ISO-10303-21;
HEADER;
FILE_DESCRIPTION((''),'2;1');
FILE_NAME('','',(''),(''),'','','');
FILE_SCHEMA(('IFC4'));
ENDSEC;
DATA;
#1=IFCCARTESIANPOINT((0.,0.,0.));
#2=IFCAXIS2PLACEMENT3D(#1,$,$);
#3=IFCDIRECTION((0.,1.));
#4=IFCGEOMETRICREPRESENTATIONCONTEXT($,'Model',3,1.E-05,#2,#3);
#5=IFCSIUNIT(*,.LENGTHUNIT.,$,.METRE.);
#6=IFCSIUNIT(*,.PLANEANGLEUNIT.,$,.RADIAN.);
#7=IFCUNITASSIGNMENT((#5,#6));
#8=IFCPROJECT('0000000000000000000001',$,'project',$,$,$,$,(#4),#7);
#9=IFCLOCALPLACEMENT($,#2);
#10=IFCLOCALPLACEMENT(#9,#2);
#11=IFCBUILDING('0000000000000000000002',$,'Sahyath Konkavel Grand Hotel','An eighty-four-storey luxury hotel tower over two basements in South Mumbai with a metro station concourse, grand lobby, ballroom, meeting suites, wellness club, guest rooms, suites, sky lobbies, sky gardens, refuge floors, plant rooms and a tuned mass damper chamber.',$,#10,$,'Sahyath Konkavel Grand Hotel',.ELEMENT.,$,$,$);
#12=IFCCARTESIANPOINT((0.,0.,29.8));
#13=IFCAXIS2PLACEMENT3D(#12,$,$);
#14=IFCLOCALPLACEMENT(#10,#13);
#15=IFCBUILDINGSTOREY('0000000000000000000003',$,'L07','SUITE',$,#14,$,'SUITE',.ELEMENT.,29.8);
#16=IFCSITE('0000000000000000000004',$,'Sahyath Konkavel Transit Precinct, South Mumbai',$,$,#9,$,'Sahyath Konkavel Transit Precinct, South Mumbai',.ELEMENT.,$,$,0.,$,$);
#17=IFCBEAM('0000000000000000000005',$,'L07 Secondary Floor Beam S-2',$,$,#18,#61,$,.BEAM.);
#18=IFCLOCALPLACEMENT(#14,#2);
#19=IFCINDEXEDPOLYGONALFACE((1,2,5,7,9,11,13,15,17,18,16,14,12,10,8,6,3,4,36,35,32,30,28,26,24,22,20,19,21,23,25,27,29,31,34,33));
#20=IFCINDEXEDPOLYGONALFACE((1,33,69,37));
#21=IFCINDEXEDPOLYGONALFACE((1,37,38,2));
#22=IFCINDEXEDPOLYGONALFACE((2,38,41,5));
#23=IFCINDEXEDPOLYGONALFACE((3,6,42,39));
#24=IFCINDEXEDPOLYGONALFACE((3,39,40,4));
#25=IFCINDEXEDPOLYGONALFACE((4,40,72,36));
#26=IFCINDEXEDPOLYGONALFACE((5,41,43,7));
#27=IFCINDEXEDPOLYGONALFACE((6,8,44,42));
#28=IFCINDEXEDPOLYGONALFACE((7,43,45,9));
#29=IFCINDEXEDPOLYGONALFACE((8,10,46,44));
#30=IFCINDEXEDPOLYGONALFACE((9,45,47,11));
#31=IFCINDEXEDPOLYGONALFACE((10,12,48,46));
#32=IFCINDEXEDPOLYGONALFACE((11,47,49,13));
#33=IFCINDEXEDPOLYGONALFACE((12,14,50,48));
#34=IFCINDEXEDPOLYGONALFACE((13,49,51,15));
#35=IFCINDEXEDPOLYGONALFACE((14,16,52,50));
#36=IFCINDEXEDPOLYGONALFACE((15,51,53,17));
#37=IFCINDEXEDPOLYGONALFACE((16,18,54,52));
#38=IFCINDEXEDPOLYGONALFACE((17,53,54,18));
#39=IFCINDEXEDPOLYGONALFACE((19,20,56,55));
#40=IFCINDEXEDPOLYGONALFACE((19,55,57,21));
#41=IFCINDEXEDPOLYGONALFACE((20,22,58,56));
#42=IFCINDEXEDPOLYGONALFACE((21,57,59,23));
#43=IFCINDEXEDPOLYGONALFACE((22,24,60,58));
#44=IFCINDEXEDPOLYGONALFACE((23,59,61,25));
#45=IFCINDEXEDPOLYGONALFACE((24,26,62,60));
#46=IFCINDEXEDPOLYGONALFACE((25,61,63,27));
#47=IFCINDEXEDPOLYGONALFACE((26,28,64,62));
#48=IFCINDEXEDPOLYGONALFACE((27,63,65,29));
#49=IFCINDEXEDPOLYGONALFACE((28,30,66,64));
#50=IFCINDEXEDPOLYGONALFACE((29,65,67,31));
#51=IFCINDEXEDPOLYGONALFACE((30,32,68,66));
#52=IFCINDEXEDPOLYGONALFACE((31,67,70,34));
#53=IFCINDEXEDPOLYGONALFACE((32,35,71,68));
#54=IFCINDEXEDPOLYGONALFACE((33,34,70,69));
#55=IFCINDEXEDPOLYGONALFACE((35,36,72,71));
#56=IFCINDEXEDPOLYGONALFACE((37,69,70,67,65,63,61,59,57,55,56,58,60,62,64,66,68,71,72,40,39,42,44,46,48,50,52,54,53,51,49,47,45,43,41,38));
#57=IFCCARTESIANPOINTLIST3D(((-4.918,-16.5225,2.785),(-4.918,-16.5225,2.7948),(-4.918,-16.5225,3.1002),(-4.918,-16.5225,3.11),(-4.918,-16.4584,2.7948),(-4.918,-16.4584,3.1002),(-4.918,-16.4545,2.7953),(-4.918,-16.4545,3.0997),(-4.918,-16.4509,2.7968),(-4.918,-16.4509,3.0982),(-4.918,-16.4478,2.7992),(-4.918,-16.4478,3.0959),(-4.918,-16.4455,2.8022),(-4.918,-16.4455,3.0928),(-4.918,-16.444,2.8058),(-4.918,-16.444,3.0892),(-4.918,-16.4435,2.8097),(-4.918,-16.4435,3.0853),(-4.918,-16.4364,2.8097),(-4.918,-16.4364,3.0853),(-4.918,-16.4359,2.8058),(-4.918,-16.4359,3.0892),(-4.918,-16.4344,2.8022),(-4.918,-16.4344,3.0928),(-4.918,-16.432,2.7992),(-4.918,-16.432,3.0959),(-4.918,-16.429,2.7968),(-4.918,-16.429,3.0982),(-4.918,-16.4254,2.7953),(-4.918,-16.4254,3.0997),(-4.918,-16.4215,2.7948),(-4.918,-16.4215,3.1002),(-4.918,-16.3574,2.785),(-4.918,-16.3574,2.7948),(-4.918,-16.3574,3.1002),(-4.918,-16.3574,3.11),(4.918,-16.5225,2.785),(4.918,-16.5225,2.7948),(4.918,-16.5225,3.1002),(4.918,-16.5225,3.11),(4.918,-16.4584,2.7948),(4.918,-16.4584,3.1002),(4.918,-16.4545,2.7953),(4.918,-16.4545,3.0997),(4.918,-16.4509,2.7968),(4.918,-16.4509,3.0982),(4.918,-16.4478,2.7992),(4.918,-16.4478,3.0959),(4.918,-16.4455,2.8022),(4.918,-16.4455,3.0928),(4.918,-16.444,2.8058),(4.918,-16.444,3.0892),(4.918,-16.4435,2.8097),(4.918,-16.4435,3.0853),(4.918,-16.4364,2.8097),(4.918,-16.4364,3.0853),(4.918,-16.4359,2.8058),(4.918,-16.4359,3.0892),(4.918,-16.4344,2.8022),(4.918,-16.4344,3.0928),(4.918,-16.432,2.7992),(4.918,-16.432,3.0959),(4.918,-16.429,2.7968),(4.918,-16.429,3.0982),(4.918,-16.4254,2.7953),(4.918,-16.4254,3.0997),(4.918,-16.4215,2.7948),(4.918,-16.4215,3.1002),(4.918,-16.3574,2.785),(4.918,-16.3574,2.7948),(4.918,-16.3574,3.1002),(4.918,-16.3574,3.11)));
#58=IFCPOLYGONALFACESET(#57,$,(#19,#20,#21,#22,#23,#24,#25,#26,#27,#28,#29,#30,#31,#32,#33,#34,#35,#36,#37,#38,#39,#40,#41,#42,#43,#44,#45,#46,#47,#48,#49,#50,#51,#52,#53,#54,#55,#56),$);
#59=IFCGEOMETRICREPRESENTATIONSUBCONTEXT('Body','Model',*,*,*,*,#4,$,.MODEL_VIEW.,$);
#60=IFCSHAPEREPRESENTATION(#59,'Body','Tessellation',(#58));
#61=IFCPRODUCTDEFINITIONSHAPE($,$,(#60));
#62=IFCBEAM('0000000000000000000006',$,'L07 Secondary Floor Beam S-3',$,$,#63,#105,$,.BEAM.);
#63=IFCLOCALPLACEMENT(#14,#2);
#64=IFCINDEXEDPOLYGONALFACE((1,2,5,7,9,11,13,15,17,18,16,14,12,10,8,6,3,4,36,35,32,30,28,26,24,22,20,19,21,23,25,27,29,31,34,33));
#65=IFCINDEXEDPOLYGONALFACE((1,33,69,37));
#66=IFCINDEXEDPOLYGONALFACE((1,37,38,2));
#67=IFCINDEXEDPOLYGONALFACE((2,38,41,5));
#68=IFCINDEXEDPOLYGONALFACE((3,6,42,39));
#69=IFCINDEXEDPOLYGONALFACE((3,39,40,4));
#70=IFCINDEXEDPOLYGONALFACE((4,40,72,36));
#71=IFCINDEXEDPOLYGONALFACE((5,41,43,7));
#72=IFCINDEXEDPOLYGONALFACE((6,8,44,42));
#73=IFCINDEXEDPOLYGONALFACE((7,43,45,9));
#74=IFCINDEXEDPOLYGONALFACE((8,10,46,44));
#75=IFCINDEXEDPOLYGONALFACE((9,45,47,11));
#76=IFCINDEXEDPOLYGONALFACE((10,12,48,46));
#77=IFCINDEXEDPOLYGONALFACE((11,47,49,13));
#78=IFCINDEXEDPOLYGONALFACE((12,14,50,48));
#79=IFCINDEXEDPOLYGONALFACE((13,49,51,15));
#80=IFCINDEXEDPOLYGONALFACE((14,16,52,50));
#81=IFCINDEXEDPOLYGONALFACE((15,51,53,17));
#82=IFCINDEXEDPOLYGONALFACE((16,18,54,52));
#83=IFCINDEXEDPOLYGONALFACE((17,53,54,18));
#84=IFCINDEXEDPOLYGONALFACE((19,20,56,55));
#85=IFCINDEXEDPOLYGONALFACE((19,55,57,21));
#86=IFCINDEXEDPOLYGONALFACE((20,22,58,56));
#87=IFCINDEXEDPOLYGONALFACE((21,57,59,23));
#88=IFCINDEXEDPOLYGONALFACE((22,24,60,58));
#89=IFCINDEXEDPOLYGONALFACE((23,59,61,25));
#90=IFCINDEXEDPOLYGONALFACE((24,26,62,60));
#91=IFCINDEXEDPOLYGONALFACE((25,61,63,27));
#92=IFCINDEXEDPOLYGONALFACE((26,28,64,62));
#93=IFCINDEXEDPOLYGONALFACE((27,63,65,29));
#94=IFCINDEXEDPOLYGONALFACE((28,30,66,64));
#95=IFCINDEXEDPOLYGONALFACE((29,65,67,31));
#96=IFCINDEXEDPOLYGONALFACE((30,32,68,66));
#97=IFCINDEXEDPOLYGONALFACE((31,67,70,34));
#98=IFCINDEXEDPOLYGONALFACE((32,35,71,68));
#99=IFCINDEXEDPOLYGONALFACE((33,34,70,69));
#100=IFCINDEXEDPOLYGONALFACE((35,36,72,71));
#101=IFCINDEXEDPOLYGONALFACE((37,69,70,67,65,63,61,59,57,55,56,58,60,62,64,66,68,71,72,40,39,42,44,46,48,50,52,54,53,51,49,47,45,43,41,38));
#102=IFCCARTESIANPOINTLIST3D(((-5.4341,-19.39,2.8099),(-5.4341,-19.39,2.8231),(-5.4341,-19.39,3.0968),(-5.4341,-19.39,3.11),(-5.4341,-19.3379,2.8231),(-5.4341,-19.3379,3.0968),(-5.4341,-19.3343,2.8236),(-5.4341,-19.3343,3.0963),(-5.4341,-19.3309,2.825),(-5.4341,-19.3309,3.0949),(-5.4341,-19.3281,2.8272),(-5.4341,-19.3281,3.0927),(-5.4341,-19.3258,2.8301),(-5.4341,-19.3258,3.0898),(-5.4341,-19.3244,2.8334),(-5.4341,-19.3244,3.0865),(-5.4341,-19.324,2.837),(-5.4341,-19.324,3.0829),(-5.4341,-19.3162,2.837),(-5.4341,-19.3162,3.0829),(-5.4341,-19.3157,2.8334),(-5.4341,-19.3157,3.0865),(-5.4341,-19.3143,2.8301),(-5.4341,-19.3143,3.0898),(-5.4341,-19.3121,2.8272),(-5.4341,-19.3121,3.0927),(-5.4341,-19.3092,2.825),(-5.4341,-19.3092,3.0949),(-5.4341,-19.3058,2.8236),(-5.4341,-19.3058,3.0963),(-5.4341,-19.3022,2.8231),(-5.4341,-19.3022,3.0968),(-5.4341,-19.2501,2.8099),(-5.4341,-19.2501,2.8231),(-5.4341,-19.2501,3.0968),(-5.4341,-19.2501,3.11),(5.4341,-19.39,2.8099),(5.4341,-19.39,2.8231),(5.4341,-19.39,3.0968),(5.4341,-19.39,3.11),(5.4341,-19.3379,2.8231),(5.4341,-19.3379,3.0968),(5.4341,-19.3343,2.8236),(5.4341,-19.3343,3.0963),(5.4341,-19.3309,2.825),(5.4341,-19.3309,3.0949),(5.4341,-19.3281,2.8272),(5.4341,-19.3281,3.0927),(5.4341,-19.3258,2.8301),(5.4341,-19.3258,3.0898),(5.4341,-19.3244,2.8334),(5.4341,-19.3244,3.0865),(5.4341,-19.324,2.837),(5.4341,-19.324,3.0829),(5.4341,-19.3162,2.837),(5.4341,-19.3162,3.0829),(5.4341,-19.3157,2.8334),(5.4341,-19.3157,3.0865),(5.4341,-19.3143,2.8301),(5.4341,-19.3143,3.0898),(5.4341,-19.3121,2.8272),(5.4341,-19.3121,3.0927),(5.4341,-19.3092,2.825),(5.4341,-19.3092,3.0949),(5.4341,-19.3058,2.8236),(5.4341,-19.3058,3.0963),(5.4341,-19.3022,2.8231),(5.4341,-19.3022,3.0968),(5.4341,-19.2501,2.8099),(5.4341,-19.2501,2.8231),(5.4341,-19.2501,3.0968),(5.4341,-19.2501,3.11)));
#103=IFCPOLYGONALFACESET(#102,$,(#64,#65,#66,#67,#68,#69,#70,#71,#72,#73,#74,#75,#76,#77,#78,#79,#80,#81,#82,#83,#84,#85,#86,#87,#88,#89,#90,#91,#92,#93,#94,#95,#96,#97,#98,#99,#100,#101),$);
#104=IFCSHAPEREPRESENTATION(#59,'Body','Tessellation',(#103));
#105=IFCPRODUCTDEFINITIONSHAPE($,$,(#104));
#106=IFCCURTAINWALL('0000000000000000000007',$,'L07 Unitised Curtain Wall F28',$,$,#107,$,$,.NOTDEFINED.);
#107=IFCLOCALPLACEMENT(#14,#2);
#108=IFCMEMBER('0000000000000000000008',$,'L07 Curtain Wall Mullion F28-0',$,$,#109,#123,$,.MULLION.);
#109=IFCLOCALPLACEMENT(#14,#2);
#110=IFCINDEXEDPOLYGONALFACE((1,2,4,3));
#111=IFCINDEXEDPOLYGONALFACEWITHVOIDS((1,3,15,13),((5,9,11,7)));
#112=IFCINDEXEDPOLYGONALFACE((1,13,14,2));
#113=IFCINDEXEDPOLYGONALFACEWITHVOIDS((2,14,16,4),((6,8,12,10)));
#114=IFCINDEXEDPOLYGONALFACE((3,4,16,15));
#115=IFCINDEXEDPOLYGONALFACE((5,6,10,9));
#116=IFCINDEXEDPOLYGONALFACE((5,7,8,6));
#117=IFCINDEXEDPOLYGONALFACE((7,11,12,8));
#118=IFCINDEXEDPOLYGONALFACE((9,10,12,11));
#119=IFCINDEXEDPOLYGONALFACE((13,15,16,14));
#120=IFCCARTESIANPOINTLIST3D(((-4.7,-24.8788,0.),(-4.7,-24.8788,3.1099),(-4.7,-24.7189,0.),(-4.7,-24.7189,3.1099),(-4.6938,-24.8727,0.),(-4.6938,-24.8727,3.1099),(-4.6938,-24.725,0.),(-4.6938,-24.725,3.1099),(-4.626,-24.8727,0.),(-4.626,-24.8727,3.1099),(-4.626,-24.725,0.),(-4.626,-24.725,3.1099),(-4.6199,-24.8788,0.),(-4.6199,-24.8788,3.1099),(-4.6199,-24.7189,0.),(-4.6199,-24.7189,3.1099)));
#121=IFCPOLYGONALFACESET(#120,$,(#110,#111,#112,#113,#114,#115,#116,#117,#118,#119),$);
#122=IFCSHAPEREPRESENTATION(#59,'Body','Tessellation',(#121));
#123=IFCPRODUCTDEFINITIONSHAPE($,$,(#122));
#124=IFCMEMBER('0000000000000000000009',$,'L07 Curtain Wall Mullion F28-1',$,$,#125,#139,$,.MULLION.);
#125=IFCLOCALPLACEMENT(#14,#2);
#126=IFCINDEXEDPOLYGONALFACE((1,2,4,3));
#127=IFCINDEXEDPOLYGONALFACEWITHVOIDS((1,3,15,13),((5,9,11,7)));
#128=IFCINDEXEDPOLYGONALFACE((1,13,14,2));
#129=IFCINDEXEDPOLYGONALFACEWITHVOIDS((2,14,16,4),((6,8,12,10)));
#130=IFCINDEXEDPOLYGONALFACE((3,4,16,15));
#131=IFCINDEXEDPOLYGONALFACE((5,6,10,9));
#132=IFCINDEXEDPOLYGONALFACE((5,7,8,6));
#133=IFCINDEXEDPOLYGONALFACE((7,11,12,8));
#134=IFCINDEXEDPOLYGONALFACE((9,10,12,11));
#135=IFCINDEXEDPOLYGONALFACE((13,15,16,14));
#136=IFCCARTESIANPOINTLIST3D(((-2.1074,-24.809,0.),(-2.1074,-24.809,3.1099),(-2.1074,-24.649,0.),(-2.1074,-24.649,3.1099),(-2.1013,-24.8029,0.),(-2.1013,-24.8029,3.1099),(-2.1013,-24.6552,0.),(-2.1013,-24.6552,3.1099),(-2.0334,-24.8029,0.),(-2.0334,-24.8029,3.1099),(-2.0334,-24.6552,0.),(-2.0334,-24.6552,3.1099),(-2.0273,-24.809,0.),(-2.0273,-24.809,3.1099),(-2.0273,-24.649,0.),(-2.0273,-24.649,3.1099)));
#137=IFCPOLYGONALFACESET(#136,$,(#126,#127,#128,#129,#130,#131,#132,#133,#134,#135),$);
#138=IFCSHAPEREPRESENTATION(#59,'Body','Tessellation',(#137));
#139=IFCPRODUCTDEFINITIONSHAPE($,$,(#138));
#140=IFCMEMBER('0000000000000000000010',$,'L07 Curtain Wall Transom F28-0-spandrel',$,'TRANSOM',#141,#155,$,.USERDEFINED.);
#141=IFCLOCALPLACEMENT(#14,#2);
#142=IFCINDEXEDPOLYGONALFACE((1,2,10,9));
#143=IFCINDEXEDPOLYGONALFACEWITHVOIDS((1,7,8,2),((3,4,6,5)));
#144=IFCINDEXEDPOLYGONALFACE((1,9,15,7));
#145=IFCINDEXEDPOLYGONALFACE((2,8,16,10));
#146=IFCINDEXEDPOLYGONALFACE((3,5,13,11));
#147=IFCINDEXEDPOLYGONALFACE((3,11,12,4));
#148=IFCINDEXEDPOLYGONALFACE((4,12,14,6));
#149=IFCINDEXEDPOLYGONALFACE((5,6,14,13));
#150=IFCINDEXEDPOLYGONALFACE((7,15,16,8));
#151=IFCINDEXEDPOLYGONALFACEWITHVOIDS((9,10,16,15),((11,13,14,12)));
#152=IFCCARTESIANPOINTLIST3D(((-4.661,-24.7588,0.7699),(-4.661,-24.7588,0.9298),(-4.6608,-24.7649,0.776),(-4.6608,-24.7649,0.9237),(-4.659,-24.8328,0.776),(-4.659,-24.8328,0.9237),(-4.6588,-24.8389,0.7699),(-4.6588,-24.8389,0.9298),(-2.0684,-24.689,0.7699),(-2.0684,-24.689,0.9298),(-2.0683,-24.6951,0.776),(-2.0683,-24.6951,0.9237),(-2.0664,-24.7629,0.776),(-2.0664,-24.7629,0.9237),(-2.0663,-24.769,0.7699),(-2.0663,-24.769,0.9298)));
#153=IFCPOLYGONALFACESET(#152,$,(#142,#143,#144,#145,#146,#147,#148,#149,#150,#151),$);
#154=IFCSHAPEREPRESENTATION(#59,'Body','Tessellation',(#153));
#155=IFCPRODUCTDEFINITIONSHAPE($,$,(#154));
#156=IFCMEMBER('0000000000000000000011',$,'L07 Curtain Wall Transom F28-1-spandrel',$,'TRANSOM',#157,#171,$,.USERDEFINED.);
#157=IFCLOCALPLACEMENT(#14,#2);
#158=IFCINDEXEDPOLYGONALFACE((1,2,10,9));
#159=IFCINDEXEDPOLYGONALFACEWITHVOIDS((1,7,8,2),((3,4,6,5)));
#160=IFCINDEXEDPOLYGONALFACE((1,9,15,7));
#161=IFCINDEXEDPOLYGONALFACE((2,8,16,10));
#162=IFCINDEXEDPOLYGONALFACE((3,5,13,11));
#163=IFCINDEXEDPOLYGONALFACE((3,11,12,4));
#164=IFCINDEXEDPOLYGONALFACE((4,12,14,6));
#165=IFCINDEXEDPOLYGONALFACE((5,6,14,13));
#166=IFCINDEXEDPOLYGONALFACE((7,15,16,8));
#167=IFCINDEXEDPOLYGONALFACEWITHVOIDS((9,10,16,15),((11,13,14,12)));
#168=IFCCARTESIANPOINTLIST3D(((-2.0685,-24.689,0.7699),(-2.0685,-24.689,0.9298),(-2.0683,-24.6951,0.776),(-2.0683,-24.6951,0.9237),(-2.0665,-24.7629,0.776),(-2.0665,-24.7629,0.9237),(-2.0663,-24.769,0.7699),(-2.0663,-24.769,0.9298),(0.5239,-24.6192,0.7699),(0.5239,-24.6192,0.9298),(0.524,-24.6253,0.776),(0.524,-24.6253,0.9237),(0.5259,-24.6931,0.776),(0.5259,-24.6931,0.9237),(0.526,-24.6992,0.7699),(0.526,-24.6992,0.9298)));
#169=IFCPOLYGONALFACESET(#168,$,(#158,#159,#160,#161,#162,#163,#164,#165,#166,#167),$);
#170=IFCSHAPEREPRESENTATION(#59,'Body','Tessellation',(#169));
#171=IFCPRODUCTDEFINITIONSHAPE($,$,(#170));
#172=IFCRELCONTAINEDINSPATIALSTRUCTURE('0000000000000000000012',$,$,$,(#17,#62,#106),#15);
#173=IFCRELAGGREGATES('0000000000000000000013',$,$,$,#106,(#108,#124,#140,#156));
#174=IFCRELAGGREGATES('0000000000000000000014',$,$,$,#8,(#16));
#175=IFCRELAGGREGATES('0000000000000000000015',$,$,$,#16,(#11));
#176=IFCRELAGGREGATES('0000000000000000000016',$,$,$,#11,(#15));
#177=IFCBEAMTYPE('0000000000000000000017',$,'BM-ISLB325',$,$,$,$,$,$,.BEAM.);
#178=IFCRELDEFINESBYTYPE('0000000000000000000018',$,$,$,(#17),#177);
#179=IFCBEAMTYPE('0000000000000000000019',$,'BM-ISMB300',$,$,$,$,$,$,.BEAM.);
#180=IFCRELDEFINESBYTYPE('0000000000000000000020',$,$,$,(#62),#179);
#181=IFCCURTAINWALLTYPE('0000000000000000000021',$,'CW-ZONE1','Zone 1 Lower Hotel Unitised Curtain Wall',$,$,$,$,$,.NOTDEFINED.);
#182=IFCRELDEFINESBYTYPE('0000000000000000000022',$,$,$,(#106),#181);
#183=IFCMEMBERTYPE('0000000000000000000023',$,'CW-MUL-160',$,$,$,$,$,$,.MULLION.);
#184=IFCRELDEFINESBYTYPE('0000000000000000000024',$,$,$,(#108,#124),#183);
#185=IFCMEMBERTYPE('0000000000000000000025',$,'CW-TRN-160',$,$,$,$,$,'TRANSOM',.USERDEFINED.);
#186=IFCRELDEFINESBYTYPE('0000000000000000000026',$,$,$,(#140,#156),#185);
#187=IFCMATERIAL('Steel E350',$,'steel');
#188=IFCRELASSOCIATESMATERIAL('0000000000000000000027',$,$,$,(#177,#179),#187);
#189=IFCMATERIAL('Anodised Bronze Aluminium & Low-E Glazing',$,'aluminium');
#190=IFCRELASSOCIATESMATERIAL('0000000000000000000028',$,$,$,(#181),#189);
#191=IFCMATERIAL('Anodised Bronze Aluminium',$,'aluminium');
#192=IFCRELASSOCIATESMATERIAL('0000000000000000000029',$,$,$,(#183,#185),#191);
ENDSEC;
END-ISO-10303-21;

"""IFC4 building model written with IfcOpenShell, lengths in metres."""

from ifc_helpers import new_model, si_unit, direction, frame, origin, origin_2d, place, context, subcontext, project, spatial, hollow_rectangle, i_section, extrude, source, transform, mapped, material, material_profile, profile_set, type_object, element, aggregate, save


model = new_model("IFC4")

# Units and contexts
model_context = context("Model", 3, precision=1e-05, world=origin(), true_north=direction((0.0, 1.0)))
body_context = subcontext(model_context, "Body", "Model", "MODEL_VIEW")
ifc_project = project(units=[si_unit("LENGTHUNIT", "METRE"), si_unit("PLANEANGLEUNIT", "RADIAN")], contexts=[model_context])

# Site, building, storey
site_placement = place(None, origin())
site = spatial("IfcSite", under=ifc_project, at=site_placement, Name="Sahyath Konkavel Transit Precinct, South Mumbai", LongName="Sahyath Konkavel Transit Precinct, South Mumbai", CompositionType="ELEMENT", RefElevation=0.0)
building_placement = place(site_placement, origin())
building = spatial("IfcBuilding", under=site, at=building_placement, Name="Sahyath Konkavel Grand Hotel", Description="An eighty-four-storey luxury hotel tower over two basements in South Mumbai with a metro station concourse, grand lobby, ballroom, meeting suites, wellness club, guest rooms, suites, sky lobbies, sky gardens, refuge floors, plant rooms and a tuned mass damper chamber.", LongName="Sahyath Konkavel Grand Hotel", CompositionType="ELEMENT")
storey_placement = place(building_placement, frame((0.0, 0.0, 29.8)))
storey = spatial("IfcBuildingStorey", under=building, at=storey_placement, Name="L07", Description="SUITE", LongName="SUITE", CompositionType="ELEMENT", Elevation=29.8)

# Beams
ifc_material_1 = material(Name="Steel E350", Category="steel")
ifc_material_profile_1 = material_profile(ifc_material_1, i_section(OverallWidth=0.165, OverallDepth=0.325, WebThickness=0.0071, FlangeThickness=0.0098, FilletRadius=0.0149, at=origin_2d()), Name="ISLB 325")
ifc_profile_set_1 = profile_set([ifc_material_profile_1], Name="Steel E350")
beam_type_1 = type_object("IfcBeamType", Name="BM-ISLB325", PredefinedType="BEAM", material=ifc_profile_set_1)
shared_shape_1 = source(origin(), body_context, "Body", "SweptSolid", [
    extrude(i_section(OverallWidth=0.165, OverallDepth=0.325, WebThickness=0.0071, FlangeThickness=0.0098, FilletRadius=0.0149, at=origin_2d()), origin(), (0.0, 0.0, 1.0), 9.8359),
])
beam_1_placement = place(storey_placement, frame((-4.918, -16.4399, 2.9475), z_axis=(1.0, 0.0, 0.0), x_axis=(0.0, 1.0, 0.0)))
element("IfcBeam", 1, at=beam_1_placement, inside=storey, type_object=beam_type_1, Name="L07 Secondary Floor Beam S-2", PredefinedType="BEAM", context=body_context, shape_type="MappedRepresentation", body=[
    mapped(shared_shape_1, transform((0.0, 0.0, 0.0), scale=1.0)),
])
ifc_material_profile_2 = material_profile(ifc_material_1, i_section(OverallWidth=0.1399, OverallDepth=0.3, WebThickness=0.0078, FlangeThickness=0.0132, FilletRadius=0.0139, at=origin_2d()), Name="ISMB 300")
ifc_profile_set_2 = profile_set([ifc_material_profile_2], Name="Steel E350")
beam_type_2 = type_object("IfcBeamType", Name="BM-ISMB300", PredefinedType="BEAM", material=ifc_profile_set_2)
shared_shape_2 = source(origin(), body_context, "Body", "SweptSolid", [
    extrude(i_section(OverallWidth=0.1399, OverallDepth=0.3, WebThickness=0.0078, FlangeThickness=0.0132, FilletRadius=0.0139, at=origin_2d()), origin(), (0.0, 0.0, 1.0), 10.8682),
])
beam_2_placement = place(storey_placement, frame((-5.4341, -19.3201, 2.96), z_axis=(1.0, 0.0, 0.0), x_axis=(0.0, 1.0, 0.0)))
element("IfcBeam", 2, at=beam_2_placement, inside=storey, type_object=beam_type_2, Name="L07 Secondary Floor Beam S-3", PredefinedType="BEAM", context=body_context, shape_type="MappedRepresentation", body=[
    mapped(shared_shape_2, transform((0.0, 0.0, 0.0), scale=1.0)),
])

# Curtain wall, members
ifc_material_2 = material(Name="Anodised Bronze Aluminium & Low-E Glazing", Category="aluminium")
curtain_wall_type = type_object("IfcCurtainWallType", Name="CW-ZONE1", Description="Zone 1 Lower Hotel Unitised Curtain Wall", PredefinedType="NOTDEFINED", material=ifc_material_2)
curtain_wall_placement = place(storey_placement, origin())
curtain_wall = element("IfcCurtainWall", 3, at=curtain_wall_placement, inside=storey, type_object=curtain_wall_type, Name="L07 Unitised Curtain Wall F28", PredefinedType="NOTDEFINED")
ifc_material_3 = material(Name="Anodised Bronze Aluminium", Category="aluminium")
ifc_material_profile_3 = material_profile(ifc_material_3, hollow_rectangle(XDim=0.0801, YDim=0.1599, WallThickness=0.0061, at=origin_2d()), Name="RHS 160x80x6")
ifc_profile_set_3 = profile_set([ifc_material_profile_3], Name="Anodised Bronze Aluminium")
member_type_1 = type_object("IfcMemberType", Name="CW-MUL-160", PredefinedType="MULLION", material=ifc_profile_set_3)
shared_shape_3 = source(origin(), body_context, "Body", "SweptSolid", [
    extrude(hollow_rectangle(XDim=0.0801, YDim=0.1599, WallThickness=0.0061, at=origin_2d()), origin(), (0.0, 0.0, 1.0), 3.1099),
])
member_1_placement = place(storey_placement, frame((-4.6599, -24.7988, 0.0), z_axis=(0.0, 0.0, 1.0), x_axis=(1.0, 0.0, 0.0)))
member_1 = element("IfcMember", 4, at=member_1_placement, type_object=member_type_1, Name="L07 Curtain Wall Mullion F28-0", PredefinedType="MULLION", context=body_context, shape_type="MappedRepresentation", body=[
    mapped(shared_shape_3, transform((0.0, 0.0, 0.0), scale=1.0)),
])
member_2_placement = place(storey_placement, frame((-2.0674, -24.729, 0.0), z_axis=(0.0, 0.0, 1.0), x_axis=(1.0, 0.0, 0.0)))
member_2 = element("IfcMember", 5, at=member_2_placement, type_object=member_type_1, Name="L07 Curtain Wall Mullion F28-1", PredefinedType="MULLION", context=body_context, shape_type="MappedRepresentation", body=[
    mapped(shared_shape_3, transform((0.0, 0.0, 0.0), scale=1.0)),
])
ifc_material_profile_4 = material_profile(ifc_material_3, hollow_rectangle(XDim=0.0801, YDim=0.1599, WallThickness=0.0061, at=origin_2d()), Name="RHS 160x80x6")
ifc_profile_set_4 = profile_set([ifc_material_profile_4], Name="Anodised Bronze Aluminium")
member_type_2 = type_object("IfcMemberType", Name="CW-TRN-160", ElementType="TRANSOM", PredefinedType="USERDEFINED", material=ifc_profile_set_4)
shared_shape_4 = source(origin(), body_context, "Body", "SweptSolid", [
    extrude(hollow_rectangle(XDim=0.0801, YDim=0.1599, WallThickness=0.0061, at=origin_2d()), origin(), (0.0, 0.0, 1.0), 2.5935),
])
member_3_placement = place(storey_placement, frame((-4.6599, -24.7988, 0.8499), z_axis=(0.999638, 0.026923, 0.0), x_axis=(-0.026923, 0.999638, 0.0)))
member_3 = element("IfcMember", 6, at=member_3_placement, type_object=member_type_2, Name="L07 Curtain Wall Transom F28-0-spandrel", ObjectType="TRANSOM", PredefinedType="USERDEFINED", context=body_context, shape_type="MappedRepresentation", body=[
    mapped(shared_shape_4, transform((0.0, 0.0, 0.0), scale=1.0)),
])
shared_shape_5 = source(origin(), body_context, "Body", "SweptSolid", [
    extrude(hollow_rectangle(XDim=0.0801, YDim=0.1599, WallThickness=0.0061, at=origin_2d()), origin(), (0.0, 0.0, 1.0), 2.5933),
])
member_4_placement = place(storey_placement, frame((-2.0674, -24.729, 0.8499), z_axis=(0.999637, 0.026926, 0.0), x_axis=(-0.026926, 0.999637, 0.0)))
member_4 = element("IfcMember", 7, at=member_4_placement, type_object=member_type_2, Name="L07 Curtain Wall Transom F28-1-spandrel", ObjectType="TRANSOM", PredefinedType="USERDEFINED", context=body_context, shape_type="MappedRepresentation", body=[
    mapped(shared_shape_5, transform((0.0, 0.0, 0.0), scale=1.0)),
])
aggregate(curtain_wall, [member_1, member_2, member_3, member_4])

save(model, "model.ifc")
